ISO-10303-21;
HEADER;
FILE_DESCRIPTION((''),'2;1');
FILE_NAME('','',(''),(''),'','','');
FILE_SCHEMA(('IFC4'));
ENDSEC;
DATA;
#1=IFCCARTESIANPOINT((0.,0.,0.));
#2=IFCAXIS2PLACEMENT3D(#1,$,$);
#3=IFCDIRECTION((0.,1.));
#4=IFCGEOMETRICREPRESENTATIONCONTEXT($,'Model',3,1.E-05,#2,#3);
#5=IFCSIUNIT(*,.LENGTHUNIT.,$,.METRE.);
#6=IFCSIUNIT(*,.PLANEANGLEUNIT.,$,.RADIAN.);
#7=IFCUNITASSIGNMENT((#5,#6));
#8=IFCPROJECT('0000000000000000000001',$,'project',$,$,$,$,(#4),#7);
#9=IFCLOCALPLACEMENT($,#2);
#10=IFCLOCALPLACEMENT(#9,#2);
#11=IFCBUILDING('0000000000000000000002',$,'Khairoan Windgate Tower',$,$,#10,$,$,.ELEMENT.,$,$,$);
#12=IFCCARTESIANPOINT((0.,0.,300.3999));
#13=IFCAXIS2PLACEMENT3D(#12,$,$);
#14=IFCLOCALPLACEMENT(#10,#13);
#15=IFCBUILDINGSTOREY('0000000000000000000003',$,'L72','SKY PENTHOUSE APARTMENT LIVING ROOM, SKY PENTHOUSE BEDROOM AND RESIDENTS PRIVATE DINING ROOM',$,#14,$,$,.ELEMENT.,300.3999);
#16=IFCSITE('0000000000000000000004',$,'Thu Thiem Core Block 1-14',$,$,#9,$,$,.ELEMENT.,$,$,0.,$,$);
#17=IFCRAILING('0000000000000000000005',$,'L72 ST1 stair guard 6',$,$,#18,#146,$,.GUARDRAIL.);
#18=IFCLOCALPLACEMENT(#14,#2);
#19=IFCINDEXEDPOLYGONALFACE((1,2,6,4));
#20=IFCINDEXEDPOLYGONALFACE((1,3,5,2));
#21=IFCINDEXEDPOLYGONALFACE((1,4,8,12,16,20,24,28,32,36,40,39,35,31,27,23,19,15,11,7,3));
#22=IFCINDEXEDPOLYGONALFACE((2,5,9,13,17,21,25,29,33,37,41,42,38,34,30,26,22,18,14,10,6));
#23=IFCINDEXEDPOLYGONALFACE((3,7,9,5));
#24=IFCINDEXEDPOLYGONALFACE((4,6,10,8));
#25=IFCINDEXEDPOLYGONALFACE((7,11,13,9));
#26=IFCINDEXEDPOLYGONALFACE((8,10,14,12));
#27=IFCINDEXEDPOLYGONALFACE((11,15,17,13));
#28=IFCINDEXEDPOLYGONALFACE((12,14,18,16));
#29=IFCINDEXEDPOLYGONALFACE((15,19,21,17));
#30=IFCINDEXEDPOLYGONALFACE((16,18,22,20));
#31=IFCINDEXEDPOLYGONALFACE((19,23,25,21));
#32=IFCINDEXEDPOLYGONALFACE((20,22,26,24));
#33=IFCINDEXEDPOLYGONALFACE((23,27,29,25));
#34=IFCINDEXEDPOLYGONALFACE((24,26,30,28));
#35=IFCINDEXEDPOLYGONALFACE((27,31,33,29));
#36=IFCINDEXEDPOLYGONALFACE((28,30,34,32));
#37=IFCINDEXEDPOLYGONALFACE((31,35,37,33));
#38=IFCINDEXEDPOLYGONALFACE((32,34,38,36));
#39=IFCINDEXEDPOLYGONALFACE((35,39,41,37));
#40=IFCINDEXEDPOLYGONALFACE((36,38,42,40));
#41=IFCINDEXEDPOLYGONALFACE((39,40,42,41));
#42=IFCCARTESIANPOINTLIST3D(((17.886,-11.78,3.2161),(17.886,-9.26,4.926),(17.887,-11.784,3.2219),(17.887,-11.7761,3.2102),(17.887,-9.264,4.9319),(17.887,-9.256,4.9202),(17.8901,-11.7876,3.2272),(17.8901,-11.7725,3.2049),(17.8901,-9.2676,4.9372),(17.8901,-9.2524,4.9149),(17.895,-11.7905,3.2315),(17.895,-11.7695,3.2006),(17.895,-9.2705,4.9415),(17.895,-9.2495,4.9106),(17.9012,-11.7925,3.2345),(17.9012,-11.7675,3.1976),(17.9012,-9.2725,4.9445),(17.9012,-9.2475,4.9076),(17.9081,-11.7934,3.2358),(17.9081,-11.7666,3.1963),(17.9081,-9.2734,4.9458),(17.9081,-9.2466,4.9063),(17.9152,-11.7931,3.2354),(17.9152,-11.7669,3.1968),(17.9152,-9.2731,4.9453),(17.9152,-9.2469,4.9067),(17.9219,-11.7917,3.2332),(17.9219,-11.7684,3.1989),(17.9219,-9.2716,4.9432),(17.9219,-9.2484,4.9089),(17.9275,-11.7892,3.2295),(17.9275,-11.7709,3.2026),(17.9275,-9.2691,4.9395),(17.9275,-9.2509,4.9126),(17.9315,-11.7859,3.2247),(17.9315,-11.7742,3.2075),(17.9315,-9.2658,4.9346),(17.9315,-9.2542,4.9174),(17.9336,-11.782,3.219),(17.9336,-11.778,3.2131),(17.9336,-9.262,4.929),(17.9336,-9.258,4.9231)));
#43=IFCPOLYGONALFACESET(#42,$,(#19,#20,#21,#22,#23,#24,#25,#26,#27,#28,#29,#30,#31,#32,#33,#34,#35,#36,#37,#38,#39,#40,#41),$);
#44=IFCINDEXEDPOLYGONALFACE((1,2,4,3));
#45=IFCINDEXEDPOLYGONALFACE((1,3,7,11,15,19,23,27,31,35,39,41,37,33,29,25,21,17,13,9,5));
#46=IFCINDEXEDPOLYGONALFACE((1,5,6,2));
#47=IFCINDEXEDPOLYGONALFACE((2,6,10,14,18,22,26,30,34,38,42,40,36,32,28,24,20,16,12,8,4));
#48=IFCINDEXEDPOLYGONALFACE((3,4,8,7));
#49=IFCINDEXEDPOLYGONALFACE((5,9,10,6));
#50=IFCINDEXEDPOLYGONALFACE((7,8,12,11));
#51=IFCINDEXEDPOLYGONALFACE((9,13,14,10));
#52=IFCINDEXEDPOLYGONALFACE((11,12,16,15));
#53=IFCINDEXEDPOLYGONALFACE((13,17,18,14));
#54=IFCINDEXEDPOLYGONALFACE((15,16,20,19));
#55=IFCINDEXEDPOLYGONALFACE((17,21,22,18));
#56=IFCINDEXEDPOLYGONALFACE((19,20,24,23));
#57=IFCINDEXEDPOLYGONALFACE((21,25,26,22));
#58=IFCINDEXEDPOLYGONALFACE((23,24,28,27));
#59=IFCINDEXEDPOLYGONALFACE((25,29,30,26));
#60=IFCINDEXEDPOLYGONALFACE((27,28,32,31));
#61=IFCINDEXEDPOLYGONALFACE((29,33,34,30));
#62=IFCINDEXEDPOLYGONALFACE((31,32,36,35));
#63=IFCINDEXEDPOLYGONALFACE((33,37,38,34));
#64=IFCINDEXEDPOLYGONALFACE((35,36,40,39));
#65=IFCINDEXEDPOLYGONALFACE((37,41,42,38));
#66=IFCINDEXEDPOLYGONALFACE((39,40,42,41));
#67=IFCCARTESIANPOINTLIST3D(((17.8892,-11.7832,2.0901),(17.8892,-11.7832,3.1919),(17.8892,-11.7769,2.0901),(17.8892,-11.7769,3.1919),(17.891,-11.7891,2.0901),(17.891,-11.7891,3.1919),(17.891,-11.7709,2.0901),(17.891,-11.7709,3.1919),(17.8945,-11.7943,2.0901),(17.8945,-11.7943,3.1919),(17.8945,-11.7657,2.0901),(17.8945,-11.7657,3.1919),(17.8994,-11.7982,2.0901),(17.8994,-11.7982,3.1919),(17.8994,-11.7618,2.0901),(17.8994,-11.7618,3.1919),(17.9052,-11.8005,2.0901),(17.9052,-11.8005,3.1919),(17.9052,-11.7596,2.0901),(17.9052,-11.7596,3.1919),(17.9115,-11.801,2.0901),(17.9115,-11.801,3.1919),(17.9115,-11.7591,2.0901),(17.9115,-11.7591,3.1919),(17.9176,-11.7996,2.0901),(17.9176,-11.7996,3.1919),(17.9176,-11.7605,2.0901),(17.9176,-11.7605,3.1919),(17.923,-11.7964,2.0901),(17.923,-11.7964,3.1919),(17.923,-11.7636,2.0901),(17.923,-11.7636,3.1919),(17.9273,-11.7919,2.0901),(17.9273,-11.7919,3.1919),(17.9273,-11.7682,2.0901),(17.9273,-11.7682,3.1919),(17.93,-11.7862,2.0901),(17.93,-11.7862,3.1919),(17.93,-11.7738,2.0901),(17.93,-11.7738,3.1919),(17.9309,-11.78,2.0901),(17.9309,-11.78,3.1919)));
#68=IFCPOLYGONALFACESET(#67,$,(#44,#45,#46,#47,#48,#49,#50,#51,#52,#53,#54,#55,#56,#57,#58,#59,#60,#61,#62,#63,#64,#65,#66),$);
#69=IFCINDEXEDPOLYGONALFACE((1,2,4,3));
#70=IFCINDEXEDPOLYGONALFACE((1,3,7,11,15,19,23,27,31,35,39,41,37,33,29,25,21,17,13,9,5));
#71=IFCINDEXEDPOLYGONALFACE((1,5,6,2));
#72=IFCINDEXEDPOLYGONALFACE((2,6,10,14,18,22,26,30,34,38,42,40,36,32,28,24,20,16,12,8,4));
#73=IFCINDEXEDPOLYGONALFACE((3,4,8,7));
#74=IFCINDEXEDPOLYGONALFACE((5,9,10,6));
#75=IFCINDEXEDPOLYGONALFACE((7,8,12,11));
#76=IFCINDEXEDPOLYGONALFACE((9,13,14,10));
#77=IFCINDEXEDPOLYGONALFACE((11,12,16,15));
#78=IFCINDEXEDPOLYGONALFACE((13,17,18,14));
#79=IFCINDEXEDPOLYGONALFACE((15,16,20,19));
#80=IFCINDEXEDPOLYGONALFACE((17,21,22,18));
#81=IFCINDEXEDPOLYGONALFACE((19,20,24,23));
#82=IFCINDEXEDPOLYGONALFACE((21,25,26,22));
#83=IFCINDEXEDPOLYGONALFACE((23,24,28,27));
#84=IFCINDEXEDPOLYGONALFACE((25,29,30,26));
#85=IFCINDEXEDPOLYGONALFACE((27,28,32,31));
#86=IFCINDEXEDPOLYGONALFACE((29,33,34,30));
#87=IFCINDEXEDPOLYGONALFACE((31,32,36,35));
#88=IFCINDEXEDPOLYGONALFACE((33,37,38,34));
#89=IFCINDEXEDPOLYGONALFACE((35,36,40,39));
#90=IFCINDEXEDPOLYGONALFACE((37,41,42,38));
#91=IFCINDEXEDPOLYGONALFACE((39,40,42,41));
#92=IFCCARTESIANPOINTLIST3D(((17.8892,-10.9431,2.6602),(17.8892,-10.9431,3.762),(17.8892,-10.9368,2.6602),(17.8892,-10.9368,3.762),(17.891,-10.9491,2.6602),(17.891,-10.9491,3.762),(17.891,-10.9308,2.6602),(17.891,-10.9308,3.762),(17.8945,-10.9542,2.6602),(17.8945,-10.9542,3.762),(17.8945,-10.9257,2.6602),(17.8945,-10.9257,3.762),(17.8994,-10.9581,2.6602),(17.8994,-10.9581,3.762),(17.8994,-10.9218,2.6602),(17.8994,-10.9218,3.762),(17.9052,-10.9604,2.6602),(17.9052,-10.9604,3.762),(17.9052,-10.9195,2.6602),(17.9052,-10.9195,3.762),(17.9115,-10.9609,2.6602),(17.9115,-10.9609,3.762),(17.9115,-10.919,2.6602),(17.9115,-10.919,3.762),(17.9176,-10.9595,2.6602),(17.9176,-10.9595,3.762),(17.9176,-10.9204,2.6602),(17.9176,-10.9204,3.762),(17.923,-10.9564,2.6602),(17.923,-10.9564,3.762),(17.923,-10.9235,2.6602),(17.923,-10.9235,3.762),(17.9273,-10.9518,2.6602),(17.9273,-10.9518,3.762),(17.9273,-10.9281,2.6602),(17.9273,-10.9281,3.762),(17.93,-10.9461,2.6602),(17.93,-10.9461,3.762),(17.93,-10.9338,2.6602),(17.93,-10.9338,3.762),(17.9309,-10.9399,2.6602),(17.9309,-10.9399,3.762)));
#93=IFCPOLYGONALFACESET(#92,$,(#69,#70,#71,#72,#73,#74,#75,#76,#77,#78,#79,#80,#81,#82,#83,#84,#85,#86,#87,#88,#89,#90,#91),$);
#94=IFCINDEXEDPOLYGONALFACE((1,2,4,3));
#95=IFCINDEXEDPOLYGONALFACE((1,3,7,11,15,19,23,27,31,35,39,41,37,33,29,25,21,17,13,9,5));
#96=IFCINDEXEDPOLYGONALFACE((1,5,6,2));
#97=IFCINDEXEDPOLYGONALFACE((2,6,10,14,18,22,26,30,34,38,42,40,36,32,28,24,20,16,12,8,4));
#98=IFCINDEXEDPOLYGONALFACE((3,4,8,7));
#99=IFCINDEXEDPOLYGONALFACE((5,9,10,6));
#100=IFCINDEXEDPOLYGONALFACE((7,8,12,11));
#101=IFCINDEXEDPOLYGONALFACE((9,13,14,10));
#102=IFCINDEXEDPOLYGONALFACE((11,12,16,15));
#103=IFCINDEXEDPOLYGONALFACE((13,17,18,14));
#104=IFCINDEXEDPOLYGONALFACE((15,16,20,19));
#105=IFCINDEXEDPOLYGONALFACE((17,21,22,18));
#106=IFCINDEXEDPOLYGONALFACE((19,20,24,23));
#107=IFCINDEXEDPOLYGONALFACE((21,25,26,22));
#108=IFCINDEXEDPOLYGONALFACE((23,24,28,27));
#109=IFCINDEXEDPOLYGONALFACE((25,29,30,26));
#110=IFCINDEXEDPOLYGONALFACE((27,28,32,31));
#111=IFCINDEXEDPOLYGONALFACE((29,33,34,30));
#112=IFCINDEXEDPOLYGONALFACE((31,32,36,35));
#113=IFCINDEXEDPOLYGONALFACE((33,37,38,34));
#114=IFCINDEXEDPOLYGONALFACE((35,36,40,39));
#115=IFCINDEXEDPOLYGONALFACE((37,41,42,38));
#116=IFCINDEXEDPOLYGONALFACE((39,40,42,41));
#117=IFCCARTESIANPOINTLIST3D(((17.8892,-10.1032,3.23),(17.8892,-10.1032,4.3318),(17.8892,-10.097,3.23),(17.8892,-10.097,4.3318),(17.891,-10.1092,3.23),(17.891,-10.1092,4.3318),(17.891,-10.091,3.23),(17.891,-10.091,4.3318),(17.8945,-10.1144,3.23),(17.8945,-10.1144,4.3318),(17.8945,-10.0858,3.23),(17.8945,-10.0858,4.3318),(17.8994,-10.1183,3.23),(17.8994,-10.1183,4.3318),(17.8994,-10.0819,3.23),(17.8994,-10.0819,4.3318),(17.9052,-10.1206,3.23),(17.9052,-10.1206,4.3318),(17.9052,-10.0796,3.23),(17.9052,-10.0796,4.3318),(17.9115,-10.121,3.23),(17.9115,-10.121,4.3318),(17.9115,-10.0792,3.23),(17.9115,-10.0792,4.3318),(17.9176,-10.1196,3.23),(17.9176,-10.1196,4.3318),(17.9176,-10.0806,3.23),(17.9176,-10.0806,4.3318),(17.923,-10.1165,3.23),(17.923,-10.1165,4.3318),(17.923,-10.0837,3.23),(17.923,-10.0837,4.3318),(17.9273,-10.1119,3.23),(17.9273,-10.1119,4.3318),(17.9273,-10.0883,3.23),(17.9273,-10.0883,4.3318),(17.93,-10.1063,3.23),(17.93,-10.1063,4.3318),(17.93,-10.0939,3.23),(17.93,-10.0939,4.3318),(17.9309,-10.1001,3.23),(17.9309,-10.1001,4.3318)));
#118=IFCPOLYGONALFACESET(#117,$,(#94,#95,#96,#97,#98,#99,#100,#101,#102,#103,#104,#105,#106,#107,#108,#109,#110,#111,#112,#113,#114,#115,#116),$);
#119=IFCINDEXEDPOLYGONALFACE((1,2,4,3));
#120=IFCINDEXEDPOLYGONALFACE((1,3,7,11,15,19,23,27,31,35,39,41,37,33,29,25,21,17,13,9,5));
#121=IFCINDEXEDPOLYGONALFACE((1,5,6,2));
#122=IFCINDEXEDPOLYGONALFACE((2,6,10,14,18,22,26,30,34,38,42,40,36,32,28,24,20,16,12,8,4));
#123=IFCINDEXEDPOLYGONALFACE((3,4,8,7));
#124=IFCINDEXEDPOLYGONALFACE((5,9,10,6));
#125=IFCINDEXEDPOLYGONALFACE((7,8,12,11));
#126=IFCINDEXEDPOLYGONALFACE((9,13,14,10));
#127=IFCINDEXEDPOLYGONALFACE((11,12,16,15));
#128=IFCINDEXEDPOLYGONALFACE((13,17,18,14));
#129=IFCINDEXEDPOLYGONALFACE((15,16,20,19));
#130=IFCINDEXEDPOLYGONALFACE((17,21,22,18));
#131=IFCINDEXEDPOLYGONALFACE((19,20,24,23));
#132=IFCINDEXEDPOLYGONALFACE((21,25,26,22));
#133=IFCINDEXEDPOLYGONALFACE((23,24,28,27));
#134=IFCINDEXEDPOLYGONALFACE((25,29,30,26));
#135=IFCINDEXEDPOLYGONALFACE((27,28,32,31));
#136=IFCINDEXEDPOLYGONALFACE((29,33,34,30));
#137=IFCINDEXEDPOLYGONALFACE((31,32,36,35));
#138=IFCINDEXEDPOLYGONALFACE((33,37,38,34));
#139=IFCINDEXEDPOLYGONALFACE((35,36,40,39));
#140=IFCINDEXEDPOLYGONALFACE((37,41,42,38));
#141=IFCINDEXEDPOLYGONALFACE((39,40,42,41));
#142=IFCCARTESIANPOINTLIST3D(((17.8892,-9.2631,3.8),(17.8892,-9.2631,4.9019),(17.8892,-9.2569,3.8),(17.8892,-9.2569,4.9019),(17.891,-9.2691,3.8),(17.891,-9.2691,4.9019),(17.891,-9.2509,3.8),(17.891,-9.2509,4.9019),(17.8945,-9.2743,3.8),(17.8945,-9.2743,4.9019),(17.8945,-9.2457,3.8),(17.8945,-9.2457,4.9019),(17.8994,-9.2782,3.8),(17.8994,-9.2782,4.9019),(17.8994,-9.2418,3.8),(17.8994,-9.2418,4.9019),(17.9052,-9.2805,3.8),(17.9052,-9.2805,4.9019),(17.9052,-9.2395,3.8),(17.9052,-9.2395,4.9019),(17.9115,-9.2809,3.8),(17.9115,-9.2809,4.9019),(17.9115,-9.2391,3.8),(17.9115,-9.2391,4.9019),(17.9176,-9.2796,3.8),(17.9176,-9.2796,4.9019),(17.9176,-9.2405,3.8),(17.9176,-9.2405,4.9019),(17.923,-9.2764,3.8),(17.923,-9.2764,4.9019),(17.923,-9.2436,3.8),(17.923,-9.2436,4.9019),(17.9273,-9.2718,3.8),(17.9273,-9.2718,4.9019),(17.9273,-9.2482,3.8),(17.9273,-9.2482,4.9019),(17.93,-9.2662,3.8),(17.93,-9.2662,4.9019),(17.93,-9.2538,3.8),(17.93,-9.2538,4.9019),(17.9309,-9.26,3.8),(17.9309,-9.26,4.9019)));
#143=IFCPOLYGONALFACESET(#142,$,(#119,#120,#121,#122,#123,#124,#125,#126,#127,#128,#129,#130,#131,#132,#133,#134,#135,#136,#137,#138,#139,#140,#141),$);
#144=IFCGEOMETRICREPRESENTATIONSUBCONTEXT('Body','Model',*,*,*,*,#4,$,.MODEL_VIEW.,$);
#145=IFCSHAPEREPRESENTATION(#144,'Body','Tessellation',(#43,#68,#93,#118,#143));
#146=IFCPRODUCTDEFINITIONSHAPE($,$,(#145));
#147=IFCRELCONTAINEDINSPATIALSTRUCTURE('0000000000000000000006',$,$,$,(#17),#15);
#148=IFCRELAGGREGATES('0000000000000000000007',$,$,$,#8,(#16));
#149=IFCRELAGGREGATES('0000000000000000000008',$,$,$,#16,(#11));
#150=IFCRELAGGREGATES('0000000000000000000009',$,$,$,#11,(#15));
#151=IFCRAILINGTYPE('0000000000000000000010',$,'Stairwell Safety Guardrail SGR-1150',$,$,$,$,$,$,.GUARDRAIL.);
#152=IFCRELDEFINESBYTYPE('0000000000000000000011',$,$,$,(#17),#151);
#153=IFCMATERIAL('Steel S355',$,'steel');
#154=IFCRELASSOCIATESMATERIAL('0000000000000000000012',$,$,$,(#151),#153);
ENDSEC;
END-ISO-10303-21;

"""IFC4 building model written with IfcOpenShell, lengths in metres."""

from ifc_helpers import new_model, si_unit, direction, frame, origin, origin_2d, place, context, subcontext, project, spatial, circle, extrude, material, type_object, element, save


model = new_model("IFC4")

# Units and contexts
model_context = context("Model", 3, precision=1e-05, world=origin(), true_north=direction((0.0, 1.0)))
body_context = subcontext(model_context, "Body", "Model", "MODEL_VIEW")
ifc_project = project(units=[si_unit("LENGTHUNIT", "METRE"), si_unit("PLANEANGLEUNIT", "RADIAN")], contexts=[model_context])

# Site, building, storey
site_placement = place(None, origin())
site = spatial("IfcSite", under=ifc_project, at=site_placement, Name="Thu Thiem Core Block 1-14", CompositionType="ELEMENT", RefElevation=0.0)
building_placement = place(site_placement, origin())
building = spatial("IfcBuilding", under=site, at=building_placement, Name="Khairoan Windgate Tower", CompositionType="ELEMENT")
storey_placement = place(building_placement, frame((0.0, 0.0, 300.3999)))
storey = spatial("IfcBuildingStorey", under=building, at=storey_placement, Name="L72", Description="SKY PENTHOUSE APARTMENT LIVING ROOM, SKY PENTHOUSE BEDROOM AND RESIDENTS PRIVATE DINING ROOM", CompositionType="ELEMENT", Elevation=300.3999)

# Railing
ifc_material_1 = material(Name="Steel S355", Category="steel")
railing_type_1 = type_object("IfcRailingType", Name="Stairwell Safety Guardrail SGR-1150", PredefinedType="GUARDRAIL", material=ifc_material_1)
railing_1_placement = place(storey_placement, frame((17.9099, -11.78, 2.0901)))
element("IfcRailing", 1, at=railing_1_placement, inside=storey, type_object=railing_type_1, Name="L72 ST1 stair guard 6", PredefinedType="GUARDRAIL", context=body_context, shape_type="SweptSolid", body=[
    extrude(circle(Radius=0.0239, at=origin_2d()), frame((0.0, 0.0, 1.126), z_axis=(0.0, 0.827484, 0.56149), x_axis=(-1.0, 0.0, 0.0)), (0.0, 0.0, 1.0), 3.0454),
    extrude(circle(Radius=0.021, at=origin_2d()), origin(), (0.0, 0.0, 1.0), 1.1018),
    extrude(circle(Radius=0.021, at=origin_2d()), frame((0.0, 0.8401, 0.5701)), (0.0, 0.0, 1.0), 1.1018),
    extrude(circle(Radius=0.021, at=origin_2d()), frame((0.0, 1.6799, 1.1399)), (0.0, 0.0, 1.0), 1.1018),
    extrude(circle(Radius=0.021, at=origin_2d()), frame((0.0, 2.52, 1.71)), (0.0, 0.0, 1.0), 1.1018),
])

save(model, "model.ifc")
